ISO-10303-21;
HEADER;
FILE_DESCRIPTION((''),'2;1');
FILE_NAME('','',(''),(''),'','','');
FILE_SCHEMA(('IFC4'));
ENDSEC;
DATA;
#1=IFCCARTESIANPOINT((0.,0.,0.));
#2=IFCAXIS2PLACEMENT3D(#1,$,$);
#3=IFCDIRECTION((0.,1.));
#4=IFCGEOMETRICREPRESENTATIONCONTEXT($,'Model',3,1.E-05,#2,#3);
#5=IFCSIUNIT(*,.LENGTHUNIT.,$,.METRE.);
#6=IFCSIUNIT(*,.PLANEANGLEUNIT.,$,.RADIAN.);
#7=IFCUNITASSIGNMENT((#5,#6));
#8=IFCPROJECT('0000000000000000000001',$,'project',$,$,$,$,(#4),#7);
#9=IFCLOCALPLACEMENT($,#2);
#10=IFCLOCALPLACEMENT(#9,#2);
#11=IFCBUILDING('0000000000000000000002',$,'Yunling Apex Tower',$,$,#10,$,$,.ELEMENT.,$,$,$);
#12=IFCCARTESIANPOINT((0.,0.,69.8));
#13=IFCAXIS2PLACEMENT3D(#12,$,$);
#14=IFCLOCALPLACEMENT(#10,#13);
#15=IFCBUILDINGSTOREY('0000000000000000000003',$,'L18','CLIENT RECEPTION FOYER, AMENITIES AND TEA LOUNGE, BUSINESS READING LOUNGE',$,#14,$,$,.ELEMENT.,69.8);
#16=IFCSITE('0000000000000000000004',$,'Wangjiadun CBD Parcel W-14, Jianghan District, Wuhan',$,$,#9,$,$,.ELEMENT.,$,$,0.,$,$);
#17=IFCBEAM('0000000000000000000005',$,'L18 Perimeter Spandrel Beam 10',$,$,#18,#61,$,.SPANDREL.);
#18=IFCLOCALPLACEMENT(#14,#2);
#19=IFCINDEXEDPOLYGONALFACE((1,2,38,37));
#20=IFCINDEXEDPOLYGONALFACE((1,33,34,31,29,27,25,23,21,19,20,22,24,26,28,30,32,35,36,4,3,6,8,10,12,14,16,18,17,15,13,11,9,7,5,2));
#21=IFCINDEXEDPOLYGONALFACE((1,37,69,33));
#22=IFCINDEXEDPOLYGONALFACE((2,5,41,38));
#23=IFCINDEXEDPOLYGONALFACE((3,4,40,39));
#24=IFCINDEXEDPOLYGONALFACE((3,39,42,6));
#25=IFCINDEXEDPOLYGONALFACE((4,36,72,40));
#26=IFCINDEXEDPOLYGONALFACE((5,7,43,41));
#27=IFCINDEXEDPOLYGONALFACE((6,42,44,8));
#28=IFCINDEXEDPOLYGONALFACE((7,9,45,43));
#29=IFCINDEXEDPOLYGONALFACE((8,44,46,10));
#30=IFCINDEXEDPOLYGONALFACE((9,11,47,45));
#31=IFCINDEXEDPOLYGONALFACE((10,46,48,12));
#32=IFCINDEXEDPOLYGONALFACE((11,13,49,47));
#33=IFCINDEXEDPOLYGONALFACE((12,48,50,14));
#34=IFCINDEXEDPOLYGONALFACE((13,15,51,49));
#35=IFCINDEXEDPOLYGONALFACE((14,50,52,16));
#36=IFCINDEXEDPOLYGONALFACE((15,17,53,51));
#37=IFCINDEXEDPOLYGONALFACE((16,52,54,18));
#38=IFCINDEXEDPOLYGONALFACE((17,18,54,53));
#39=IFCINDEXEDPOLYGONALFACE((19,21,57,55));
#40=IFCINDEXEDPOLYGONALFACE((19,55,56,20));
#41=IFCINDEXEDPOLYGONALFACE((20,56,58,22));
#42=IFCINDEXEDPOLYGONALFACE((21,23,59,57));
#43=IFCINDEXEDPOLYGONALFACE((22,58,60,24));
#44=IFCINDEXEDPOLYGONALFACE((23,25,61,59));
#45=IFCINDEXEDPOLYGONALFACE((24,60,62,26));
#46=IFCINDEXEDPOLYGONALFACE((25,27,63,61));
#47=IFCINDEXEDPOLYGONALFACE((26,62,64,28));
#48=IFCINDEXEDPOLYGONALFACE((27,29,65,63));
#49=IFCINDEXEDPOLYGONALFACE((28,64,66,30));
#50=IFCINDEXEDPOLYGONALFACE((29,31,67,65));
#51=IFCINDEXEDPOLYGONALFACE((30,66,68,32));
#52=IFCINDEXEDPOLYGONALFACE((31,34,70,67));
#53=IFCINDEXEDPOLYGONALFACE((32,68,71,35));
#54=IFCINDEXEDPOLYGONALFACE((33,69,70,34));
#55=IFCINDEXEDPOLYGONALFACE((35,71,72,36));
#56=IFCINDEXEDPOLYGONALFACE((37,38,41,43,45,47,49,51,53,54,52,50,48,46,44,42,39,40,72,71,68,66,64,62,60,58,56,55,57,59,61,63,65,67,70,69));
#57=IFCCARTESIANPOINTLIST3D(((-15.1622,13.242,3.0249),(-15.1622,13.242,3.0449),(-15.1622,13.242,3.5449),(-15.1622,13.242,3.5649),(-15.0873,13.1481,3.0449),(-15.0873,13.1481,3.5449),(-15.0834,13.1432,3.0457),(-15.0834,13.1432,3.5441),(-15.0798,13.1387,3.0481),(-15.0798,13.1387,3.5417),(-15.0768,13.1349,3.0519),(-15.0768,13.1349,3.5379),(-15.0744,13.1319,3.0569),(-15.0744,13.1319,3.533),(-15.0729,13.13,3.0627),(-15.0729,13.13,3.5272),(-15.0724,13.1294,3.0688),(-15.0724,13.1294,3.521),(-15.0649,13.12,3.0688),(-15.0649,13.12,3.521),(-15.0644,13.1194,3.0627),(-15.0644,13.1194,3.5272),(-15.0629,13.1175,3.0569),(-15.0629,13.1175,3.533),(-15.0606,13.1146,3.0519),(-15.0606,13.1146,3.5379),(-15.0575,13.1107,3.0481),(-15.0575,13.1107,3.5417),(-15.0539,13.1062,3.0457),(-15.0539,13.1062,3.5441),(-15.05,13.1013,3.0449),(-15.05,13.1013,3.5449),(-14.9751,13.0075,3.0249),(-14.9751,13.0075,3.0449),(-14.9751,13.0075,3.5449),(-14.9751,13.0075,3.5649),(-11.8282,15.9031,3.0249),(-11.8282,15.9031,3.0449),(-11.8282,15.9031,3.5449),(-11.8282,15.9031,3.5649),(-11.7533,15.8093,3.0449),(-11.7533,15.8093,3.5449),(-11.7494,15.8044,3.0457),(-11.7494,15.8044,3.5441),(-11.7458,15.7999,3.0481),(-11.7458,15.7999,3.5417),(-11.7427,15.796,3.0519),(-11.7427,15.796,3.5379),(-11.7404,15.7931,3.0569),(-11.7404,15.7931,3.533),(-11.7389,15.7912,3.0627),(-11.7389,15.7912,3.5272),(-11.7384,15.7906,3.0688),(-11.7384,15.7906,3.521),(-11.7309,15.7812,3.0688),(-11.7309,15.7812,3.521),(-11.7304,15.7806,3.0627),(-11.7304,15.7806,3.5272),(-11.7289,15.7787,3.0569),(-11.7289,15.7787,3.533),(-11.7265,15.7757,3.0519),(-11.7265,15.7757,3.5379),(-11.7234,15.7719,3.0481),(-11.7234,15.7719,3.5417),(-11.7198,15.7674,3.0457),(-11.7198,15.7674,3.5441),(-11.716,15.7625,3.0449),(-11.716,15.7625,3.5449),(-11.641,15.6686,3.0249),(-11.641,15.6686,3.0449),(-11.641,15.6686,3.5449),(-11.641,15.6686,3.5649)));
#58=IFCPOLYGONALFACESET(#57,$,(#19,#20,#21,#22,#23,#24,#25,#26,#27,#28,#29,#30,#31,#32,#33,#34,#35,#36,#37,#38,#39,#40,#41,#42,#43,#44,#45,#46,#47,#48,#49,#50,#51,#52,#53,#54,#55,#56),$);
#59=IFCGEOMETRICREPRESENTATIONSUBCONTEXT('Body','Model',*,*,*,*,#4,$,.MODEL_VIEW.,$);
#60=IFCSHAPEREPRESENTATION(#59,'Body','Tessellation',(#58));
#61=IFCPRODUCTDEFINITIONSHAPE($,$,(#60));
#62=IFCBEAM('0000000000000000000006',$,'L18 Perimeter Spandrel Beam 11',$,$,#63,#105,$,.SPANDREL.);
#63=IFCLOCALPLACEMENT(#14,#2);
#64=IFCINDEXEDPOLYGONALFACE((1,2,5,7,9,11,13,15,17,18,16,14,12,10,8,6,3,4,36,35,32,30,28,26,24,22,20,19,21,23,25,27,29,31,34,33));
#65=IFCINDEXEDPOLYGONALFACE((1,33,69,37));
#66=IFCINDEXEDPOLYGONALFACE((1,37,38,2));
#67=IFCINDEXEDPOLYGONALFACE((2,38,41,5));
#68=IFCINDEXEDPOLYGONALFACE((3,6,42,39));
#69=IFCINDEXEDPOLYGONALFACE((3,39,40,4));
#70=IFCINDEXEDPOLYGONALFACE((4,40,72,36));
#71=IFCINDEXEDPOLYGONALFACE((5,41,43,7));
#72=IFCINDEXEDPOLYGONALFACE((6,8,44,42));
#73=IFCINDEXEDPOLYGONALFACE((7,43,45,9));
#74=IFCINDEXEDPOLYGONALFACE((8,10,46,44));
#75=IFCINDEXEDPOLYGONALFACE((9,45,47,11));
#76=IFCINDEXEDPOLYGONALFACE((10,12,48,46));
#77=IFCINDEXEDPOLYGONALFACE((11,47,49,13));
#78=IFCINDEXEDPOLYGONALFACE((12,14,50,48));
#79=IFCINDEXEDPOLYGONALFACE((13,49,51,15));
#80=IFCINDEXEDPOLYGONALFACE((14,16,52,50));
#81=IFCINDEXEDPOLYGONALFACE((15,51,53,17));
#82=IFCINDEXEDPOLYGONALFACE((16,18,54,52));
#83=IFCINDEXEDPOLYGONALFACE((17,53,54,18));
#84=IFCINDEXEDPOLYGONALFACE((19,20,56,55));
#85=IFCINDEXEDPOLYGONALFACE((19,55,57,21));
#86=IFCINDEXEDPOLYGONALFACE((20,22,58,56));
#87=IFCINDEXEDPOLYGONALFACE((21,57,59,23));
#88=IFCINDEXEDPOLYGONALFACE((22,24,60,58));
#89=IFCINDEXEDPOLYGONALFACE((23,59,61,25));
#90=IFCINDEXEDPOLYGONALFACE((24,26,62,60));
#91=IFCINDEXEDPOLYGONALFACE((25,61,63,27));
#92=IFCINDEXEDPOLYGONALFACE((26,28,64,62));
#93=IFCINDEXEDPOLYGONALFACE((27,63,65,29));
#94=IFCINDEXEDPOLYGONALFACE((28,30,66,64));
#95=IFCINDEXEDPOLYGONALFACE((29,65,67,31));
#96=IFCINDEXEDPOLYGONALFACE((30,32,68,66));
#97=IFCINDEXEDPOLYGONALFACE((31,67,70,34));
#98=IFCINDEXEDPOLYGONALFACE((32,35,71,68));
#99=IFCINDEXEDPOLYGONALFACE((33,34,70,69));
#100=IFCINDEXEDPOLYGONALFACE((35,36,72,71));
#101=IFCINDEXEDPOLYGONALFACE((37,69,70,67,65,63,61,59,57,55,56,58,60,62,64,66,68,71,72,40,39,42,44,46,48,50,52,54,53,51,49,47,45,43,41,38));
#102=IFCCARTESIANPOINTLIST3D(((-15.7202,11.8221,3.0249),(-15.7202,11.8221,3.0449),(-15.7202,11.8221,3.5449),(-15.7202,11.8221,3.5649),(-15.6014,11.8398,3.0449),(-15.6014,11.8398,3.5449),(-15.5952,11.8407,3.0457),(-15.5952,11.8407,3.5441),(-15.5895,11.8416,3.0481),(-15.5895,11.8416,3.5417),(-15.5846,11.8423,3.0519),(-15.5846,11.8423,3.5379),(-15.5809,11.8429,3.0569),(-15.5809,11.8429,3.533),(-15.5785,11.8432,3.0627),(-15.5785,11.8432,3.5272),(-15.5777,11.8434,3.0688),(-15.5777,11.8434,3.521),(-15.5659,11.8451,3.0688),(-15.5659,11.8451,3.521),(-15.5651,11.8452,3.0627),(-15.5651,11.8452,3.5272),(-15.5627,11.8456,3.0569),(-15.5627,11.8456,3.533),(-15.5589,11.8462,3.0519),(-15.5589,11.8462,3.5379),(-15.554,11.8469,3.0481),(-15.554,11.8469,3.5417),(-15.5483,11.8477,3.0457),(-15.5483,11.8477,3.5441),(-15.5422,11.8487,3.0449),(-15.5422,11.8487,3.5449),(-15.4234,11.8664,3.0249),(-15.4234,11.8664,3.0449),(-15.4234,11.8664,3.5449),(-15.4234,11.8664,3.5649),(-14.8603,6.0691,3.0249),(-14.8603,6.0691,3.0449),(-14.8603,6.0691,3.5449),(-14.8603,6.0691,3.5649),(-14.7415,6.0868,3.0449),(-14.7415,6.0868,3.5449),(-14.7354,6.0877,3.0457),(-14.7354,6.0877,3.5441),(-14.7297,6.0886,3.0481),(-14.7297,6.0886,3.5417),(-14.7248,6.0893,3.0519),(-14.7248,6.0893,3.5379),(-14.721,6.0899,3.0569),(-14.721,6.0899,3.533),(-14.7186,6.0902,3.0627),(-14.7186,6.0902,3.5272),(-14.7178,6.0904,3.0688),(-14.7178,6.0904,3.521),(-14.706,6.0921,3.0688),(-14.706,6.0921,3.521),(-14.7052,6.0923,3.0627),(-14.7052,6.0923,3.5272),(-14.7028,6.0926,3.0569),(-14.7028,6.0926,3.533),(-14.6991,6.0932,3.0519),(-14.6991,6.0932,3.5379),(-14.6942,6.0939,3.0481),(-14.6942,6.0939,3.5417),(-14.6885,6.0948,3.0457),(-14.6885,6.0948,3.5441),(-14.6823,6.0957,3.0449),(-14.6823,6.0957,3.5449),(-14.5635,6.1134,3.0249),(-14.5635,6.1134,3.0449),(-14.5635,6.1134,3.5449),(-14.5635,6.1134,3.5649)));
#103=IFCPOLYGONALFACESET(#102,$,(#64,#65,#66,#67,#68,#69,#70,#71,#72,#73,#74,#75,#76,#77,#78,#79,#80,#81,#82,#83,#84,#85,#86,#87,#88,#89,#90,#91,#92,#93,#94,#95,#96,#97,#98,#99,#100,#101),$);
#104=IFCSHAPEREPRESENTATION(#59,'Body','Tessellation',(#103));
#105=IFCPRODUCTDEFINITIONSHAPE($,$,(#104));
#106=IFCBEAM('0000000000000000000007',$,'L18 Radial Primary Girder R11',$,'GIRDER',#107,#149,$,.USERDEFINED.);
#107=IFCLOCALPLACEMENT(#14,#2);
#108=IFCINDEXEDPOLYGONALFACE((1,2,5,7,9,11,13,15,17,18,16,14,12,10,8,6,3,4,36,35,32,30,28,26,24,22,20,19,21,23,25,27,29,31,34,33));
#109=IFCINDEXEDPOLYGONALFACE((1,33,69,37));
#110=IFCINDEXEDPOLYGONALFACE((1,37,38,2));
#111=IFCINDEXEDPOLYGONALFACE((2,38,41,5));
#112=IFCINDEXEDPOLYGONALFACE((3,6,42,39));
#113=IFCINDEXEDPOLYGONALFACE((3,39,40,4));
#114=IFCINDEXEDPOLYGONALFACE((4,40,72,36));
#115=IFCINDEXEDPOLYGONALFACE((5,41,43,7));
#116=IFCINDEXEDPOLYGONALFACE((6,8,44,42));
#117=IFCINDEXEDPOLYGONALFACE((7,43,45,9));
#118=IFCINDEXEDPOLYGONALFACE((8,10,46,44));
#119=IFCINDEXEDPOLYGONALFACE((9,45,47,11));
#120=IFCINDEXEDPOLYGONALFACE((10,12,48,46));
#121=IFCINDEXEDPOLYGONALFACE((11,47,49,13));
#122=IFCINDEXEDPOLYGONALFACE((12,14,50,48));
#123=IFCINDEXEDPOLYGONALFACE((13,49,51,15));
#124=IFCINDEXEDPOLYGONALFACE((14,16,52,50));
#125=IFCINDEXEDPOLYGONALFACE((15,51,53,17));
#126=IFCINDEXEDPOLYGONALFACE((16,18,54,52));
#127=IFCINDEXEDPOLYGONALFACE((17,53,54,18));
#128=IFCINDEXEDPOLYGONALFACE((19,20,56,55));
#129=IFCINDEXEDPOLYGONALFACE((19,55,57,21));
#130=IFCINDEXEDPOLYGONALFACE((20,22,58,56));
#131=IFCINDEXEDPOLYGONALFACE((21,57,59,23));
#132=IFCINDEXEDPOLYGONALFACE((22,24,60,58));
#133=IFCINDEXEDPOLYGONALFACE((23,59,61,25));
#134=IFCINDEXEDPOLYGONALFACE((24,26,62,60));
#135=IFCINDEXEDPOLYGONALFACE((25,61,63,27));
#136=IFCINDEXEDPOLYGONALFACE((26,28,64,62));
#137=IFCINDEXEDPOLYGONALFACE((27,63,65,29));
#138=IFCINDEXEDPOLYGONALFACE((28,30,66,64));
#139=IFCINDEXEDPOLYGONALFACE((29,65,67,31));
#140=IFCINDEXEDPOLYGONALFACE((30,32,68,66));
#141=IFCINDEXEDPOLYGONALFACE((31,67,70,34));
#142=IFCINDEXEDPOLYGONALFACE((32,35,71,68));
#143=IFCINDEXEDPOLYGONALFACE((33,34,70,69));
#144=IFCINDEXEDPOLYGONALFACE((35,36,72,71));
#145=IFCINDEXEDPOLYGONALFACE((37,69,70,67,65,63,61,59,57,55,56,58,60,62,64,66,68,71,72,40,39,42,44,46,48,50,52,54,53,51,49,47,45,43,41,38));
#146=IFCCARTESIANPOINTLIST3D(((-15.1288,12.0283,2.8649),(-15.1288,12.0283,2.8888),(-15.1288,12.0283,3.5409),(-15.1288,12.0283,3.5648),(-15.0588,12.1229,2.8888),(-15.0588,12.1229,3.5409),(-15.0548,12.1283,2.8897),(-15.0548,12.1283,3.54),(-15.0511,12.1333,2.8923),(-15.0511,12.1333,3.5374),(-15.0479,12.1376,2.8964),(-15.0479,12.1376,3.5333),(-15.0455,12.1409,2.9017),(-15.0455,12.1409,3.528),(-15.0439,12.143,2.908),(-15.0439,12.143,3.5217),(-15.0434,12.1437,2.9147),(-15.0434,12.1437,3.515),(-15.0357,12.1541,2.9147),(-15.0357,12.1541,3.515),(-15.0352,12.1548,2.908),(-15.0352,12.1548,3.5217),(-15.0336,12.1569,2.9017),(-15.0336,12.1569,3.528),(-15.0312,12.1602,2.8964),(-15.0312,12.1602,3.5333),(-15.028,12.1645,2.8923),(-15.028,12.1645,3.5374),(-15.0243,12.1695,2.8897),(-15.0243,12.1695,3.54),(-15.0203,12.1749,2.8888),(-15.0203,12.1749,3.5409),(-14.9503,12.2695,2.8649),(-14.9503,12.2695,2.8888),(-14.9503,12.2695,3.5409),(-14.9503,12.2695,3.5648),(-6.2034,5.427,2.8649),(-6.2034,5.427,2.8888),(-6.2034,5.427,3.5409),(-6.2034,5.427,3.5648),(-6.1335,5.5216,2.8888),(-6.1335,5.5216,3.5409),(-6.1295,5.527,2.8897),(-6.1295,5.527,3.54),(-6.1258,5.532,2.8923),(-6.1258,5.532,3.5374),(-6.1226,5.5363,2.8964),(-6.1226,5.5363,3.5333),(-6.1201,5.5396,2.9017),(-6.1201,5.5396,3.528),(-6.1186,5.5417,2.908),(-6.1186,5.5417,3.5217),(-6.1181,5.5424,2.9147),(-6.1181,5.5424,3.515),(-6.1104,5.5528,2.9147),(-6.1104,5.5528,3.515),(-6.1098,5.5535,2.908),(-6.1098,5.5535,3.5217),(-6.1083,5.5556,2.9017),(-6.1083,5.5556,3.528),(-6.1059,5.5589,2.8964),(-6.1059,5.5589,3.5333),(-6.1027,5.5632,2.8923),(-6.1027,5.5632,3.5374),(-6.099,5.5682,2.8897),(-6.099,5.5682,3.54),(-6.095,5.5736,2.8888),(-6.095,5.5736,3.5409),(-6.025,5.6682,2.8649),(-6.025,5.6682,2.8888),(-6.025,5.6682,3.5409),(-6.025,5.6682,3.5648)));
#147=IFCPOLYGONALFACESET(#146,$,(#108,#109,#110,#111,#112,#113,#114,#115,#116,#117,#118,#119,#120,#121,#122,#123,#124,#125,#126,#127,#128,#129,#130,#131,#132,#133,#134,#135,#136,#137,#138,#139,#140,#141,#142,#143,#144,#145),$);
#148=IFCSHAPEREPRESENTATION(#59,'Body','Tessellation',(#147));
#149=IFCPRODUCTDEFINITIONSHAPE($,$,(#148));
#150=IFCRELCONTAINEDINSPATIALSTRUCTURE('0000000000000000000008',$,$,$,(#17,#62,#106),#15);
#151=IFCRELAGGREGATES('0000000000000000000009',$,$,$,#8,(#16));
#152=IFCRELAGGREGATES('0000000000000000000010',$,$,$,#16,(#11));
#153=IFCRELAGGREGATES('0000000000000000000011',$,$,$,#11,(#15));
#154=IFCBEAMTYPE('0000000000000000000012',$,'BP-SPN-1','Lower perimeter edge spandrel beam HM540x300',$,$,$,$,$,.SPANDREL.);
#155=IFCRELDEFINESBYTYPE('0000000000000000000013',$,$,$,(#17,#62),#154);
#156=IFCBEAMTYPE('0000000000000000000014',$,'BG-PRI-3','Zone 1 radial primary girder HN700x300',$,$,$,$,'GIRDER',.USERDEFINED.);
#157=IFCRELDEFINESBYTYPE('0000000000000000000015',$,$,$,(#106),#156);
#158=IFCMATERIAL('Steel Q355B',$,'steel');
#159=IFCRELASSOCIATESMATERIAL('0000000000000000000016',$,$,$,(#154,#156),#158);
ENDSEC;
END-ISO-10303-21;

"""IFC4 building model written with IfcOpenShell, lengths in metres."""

from ifc_helpers import new_model, si_unit, direction, frame, origin, origin_2d, place, context, subcontext, project, spatial, i_section, extrude, source, transform, mapped, material, material_profile, profile_set, type_object, element, save


model = new_model("IFC4")

# Units and contexts
model_context = context("Model", 3, precision=1e-05, world=origin(), true_north=direction((0.0, 1.0)))
body_context = subcontext(model_context, "Body", "Model", "MODEL_VIEW")
ifc_project = project(units=[si_unit("LENGTHUNIT", "METRE"), si_unit("PLANEANGLEUNIT", "RADIAN")], contexts=[model_context])

# Site, building, storey
site_placement = place(None, origin())
site = spatial("IfcSite", under=ifc_project, at=site_placement, Name="Wangjiadun CBD Parcel W-14, Jianghan District, Wuhan", CompositionType="ELEMENT", RefElevation=0.0)
building_placement = place(site_placement, origin())
building = spatial("IfcBuilding", under=site, at=building_placement, Name="Yunling Apex Tower", CompositionType="ELEMENT")
storey_placement = place(building_placement, frame((0.0, 0.0, 69.8)))
storey = spatial("IfcBuildingStorey", under=building, at=storey_placement, Name="L18", Description="CLIENT RECEPTION FOYER, AMENITIES AND TEA LOUNGE, BUSINESS READING LOUNGE", CompositionType="ELEMENT", Elevation=69.8)

# Beams
ifc_material_1 = material(Name="Steel Q355B", Category="steel")
ifc_material_profile_1 = material_profile(ifc_material_1, i_section(OverallWidth=0.3, OverallDepth=0.54, WebThickness=0.012, FlangeThickness=0.02, FilletRadius=0.0239, at=origin_2d()))
ifc_profile_set_1 = profile_set([ifc_material_profile_1], Name="Steel Q355B")
beam_type_1 = type_object("IfcBeamType", Name="BP-SPN-1", Description="Lower perimeter edge spandrel beam HM540x300", PredefinedType="SPANDREL", material=ifc_profile_set_1)
shared_shape_1 = source(origin(), body_context, "Body", "SweptSolid", [
    extrude(i_section(OverallWidth=0.3, OverallDepth=0.54, WebThickness=0.012, FlangeThickness=0.02, FilletRadius=0.0239, at=origin_2d()), origin(), (0.0, 0.0, 1.0), 4.2659),
])
beam_1_placement = place(storey_placement, frame((-11.7346, 15.7859, 3.2949), z_axis=(-0.781561, -0.623829, 0.0), x_axis=(0.623829, -0.781561, 0.0)))
element("IfcBeam", 1, at=beam_1_placement, inside=storey, type_object=beam_type_1, Name="L18 Perimeter Spandrel Beam 10", PredefinedType="SPANDREL", context=body_context, shape_type="MappedRepresentation", body=[
    mapped(shared_shape_1, transform((0.0, 0.0, 0.0), scale=1.0)),
])
shared_shape_2 = source(origin(), body_context, "Body", "SweptSolid", [
    extrude(i_section(OverallWidth=0.3, OverallDepth=0.54, WebThickness=0.012, FlangeThickness=0.02, FilletRadius=0.0239, at=origin_2d()), origin(), (0.0, 0.0, 1.0), 5.8169),
])
beam_2_placement = place(storey_placement, frame((-15.5718, 11.8442, 3.2949), z_axis=(0.147823, -0.989014, 0.0), x_axis=(0.989014, 0.147823, 0.0)))
element("IfcBeam", 2, at=beam_2_placement, inside=storey, type_object=beam_type_1, Name="L18 Perimeter Spandrel Beam 11", PredefinedType="SPANDREL", context=body_context, shape_type="MappedRepresentation", body=[
    mapped(shared_shape_2, transform((0.0, 0.0, 0.0), scale=1.0)),
])
ifc_material_profile_2 = material_profile(ifc_material_1, i_section(OverallWidth=0.3, OverallDepth=0.7, WebThickness=0.0129, FlangeThickness=0.0239, FilletRadius=0.0259, at=origin_2d()))
ifc_profile_set_2 = profile_set([ifc_material_profile_2], Name="Steel Q355B")
beam_type_2 = type_object("IfcBeamType", Name="BG-PRI-3", Description="Zone 1 radial primary girder HN700x300", ElementType="GIRDER", PredefinedType="USERDEFINED", material=ifc_profile_set_2)
shared_shape_3 = source(origin(), body_context, "Body", "SweptSolid", [
    extrude(i_section(OverallWidth=0.3, OverallDepth=0.7, WebThickness=0.0129, FlangeThickness=0.0239, FilletRadius=0.0259, at=origin_2d()), origin(), (0.0, 0.0, 1.0), 11.1013),
])
beam_3_placement = place(storey_placement, frame((-15.0396, 12.1489, 3.2148), z_axis=(0.803988, -0.594645, 0.0), x_axis=(0.594645, 0.803988, 0.0)))
element("IfcBeam", 3, at=beam_3_placement, inside=storey, type_object=beam_type_2, Name="L18 Radial Primary Girder R11", ObjectType="GIRDER", PredefinedType="USERDEFINED", context=body_context, shape_type="MappedRepresentation", body=[
    mapped(shared_shape_3, transform((0.0, 0.0, 0.0), scale=1.0)),
])

save(model, "model.ifc")
